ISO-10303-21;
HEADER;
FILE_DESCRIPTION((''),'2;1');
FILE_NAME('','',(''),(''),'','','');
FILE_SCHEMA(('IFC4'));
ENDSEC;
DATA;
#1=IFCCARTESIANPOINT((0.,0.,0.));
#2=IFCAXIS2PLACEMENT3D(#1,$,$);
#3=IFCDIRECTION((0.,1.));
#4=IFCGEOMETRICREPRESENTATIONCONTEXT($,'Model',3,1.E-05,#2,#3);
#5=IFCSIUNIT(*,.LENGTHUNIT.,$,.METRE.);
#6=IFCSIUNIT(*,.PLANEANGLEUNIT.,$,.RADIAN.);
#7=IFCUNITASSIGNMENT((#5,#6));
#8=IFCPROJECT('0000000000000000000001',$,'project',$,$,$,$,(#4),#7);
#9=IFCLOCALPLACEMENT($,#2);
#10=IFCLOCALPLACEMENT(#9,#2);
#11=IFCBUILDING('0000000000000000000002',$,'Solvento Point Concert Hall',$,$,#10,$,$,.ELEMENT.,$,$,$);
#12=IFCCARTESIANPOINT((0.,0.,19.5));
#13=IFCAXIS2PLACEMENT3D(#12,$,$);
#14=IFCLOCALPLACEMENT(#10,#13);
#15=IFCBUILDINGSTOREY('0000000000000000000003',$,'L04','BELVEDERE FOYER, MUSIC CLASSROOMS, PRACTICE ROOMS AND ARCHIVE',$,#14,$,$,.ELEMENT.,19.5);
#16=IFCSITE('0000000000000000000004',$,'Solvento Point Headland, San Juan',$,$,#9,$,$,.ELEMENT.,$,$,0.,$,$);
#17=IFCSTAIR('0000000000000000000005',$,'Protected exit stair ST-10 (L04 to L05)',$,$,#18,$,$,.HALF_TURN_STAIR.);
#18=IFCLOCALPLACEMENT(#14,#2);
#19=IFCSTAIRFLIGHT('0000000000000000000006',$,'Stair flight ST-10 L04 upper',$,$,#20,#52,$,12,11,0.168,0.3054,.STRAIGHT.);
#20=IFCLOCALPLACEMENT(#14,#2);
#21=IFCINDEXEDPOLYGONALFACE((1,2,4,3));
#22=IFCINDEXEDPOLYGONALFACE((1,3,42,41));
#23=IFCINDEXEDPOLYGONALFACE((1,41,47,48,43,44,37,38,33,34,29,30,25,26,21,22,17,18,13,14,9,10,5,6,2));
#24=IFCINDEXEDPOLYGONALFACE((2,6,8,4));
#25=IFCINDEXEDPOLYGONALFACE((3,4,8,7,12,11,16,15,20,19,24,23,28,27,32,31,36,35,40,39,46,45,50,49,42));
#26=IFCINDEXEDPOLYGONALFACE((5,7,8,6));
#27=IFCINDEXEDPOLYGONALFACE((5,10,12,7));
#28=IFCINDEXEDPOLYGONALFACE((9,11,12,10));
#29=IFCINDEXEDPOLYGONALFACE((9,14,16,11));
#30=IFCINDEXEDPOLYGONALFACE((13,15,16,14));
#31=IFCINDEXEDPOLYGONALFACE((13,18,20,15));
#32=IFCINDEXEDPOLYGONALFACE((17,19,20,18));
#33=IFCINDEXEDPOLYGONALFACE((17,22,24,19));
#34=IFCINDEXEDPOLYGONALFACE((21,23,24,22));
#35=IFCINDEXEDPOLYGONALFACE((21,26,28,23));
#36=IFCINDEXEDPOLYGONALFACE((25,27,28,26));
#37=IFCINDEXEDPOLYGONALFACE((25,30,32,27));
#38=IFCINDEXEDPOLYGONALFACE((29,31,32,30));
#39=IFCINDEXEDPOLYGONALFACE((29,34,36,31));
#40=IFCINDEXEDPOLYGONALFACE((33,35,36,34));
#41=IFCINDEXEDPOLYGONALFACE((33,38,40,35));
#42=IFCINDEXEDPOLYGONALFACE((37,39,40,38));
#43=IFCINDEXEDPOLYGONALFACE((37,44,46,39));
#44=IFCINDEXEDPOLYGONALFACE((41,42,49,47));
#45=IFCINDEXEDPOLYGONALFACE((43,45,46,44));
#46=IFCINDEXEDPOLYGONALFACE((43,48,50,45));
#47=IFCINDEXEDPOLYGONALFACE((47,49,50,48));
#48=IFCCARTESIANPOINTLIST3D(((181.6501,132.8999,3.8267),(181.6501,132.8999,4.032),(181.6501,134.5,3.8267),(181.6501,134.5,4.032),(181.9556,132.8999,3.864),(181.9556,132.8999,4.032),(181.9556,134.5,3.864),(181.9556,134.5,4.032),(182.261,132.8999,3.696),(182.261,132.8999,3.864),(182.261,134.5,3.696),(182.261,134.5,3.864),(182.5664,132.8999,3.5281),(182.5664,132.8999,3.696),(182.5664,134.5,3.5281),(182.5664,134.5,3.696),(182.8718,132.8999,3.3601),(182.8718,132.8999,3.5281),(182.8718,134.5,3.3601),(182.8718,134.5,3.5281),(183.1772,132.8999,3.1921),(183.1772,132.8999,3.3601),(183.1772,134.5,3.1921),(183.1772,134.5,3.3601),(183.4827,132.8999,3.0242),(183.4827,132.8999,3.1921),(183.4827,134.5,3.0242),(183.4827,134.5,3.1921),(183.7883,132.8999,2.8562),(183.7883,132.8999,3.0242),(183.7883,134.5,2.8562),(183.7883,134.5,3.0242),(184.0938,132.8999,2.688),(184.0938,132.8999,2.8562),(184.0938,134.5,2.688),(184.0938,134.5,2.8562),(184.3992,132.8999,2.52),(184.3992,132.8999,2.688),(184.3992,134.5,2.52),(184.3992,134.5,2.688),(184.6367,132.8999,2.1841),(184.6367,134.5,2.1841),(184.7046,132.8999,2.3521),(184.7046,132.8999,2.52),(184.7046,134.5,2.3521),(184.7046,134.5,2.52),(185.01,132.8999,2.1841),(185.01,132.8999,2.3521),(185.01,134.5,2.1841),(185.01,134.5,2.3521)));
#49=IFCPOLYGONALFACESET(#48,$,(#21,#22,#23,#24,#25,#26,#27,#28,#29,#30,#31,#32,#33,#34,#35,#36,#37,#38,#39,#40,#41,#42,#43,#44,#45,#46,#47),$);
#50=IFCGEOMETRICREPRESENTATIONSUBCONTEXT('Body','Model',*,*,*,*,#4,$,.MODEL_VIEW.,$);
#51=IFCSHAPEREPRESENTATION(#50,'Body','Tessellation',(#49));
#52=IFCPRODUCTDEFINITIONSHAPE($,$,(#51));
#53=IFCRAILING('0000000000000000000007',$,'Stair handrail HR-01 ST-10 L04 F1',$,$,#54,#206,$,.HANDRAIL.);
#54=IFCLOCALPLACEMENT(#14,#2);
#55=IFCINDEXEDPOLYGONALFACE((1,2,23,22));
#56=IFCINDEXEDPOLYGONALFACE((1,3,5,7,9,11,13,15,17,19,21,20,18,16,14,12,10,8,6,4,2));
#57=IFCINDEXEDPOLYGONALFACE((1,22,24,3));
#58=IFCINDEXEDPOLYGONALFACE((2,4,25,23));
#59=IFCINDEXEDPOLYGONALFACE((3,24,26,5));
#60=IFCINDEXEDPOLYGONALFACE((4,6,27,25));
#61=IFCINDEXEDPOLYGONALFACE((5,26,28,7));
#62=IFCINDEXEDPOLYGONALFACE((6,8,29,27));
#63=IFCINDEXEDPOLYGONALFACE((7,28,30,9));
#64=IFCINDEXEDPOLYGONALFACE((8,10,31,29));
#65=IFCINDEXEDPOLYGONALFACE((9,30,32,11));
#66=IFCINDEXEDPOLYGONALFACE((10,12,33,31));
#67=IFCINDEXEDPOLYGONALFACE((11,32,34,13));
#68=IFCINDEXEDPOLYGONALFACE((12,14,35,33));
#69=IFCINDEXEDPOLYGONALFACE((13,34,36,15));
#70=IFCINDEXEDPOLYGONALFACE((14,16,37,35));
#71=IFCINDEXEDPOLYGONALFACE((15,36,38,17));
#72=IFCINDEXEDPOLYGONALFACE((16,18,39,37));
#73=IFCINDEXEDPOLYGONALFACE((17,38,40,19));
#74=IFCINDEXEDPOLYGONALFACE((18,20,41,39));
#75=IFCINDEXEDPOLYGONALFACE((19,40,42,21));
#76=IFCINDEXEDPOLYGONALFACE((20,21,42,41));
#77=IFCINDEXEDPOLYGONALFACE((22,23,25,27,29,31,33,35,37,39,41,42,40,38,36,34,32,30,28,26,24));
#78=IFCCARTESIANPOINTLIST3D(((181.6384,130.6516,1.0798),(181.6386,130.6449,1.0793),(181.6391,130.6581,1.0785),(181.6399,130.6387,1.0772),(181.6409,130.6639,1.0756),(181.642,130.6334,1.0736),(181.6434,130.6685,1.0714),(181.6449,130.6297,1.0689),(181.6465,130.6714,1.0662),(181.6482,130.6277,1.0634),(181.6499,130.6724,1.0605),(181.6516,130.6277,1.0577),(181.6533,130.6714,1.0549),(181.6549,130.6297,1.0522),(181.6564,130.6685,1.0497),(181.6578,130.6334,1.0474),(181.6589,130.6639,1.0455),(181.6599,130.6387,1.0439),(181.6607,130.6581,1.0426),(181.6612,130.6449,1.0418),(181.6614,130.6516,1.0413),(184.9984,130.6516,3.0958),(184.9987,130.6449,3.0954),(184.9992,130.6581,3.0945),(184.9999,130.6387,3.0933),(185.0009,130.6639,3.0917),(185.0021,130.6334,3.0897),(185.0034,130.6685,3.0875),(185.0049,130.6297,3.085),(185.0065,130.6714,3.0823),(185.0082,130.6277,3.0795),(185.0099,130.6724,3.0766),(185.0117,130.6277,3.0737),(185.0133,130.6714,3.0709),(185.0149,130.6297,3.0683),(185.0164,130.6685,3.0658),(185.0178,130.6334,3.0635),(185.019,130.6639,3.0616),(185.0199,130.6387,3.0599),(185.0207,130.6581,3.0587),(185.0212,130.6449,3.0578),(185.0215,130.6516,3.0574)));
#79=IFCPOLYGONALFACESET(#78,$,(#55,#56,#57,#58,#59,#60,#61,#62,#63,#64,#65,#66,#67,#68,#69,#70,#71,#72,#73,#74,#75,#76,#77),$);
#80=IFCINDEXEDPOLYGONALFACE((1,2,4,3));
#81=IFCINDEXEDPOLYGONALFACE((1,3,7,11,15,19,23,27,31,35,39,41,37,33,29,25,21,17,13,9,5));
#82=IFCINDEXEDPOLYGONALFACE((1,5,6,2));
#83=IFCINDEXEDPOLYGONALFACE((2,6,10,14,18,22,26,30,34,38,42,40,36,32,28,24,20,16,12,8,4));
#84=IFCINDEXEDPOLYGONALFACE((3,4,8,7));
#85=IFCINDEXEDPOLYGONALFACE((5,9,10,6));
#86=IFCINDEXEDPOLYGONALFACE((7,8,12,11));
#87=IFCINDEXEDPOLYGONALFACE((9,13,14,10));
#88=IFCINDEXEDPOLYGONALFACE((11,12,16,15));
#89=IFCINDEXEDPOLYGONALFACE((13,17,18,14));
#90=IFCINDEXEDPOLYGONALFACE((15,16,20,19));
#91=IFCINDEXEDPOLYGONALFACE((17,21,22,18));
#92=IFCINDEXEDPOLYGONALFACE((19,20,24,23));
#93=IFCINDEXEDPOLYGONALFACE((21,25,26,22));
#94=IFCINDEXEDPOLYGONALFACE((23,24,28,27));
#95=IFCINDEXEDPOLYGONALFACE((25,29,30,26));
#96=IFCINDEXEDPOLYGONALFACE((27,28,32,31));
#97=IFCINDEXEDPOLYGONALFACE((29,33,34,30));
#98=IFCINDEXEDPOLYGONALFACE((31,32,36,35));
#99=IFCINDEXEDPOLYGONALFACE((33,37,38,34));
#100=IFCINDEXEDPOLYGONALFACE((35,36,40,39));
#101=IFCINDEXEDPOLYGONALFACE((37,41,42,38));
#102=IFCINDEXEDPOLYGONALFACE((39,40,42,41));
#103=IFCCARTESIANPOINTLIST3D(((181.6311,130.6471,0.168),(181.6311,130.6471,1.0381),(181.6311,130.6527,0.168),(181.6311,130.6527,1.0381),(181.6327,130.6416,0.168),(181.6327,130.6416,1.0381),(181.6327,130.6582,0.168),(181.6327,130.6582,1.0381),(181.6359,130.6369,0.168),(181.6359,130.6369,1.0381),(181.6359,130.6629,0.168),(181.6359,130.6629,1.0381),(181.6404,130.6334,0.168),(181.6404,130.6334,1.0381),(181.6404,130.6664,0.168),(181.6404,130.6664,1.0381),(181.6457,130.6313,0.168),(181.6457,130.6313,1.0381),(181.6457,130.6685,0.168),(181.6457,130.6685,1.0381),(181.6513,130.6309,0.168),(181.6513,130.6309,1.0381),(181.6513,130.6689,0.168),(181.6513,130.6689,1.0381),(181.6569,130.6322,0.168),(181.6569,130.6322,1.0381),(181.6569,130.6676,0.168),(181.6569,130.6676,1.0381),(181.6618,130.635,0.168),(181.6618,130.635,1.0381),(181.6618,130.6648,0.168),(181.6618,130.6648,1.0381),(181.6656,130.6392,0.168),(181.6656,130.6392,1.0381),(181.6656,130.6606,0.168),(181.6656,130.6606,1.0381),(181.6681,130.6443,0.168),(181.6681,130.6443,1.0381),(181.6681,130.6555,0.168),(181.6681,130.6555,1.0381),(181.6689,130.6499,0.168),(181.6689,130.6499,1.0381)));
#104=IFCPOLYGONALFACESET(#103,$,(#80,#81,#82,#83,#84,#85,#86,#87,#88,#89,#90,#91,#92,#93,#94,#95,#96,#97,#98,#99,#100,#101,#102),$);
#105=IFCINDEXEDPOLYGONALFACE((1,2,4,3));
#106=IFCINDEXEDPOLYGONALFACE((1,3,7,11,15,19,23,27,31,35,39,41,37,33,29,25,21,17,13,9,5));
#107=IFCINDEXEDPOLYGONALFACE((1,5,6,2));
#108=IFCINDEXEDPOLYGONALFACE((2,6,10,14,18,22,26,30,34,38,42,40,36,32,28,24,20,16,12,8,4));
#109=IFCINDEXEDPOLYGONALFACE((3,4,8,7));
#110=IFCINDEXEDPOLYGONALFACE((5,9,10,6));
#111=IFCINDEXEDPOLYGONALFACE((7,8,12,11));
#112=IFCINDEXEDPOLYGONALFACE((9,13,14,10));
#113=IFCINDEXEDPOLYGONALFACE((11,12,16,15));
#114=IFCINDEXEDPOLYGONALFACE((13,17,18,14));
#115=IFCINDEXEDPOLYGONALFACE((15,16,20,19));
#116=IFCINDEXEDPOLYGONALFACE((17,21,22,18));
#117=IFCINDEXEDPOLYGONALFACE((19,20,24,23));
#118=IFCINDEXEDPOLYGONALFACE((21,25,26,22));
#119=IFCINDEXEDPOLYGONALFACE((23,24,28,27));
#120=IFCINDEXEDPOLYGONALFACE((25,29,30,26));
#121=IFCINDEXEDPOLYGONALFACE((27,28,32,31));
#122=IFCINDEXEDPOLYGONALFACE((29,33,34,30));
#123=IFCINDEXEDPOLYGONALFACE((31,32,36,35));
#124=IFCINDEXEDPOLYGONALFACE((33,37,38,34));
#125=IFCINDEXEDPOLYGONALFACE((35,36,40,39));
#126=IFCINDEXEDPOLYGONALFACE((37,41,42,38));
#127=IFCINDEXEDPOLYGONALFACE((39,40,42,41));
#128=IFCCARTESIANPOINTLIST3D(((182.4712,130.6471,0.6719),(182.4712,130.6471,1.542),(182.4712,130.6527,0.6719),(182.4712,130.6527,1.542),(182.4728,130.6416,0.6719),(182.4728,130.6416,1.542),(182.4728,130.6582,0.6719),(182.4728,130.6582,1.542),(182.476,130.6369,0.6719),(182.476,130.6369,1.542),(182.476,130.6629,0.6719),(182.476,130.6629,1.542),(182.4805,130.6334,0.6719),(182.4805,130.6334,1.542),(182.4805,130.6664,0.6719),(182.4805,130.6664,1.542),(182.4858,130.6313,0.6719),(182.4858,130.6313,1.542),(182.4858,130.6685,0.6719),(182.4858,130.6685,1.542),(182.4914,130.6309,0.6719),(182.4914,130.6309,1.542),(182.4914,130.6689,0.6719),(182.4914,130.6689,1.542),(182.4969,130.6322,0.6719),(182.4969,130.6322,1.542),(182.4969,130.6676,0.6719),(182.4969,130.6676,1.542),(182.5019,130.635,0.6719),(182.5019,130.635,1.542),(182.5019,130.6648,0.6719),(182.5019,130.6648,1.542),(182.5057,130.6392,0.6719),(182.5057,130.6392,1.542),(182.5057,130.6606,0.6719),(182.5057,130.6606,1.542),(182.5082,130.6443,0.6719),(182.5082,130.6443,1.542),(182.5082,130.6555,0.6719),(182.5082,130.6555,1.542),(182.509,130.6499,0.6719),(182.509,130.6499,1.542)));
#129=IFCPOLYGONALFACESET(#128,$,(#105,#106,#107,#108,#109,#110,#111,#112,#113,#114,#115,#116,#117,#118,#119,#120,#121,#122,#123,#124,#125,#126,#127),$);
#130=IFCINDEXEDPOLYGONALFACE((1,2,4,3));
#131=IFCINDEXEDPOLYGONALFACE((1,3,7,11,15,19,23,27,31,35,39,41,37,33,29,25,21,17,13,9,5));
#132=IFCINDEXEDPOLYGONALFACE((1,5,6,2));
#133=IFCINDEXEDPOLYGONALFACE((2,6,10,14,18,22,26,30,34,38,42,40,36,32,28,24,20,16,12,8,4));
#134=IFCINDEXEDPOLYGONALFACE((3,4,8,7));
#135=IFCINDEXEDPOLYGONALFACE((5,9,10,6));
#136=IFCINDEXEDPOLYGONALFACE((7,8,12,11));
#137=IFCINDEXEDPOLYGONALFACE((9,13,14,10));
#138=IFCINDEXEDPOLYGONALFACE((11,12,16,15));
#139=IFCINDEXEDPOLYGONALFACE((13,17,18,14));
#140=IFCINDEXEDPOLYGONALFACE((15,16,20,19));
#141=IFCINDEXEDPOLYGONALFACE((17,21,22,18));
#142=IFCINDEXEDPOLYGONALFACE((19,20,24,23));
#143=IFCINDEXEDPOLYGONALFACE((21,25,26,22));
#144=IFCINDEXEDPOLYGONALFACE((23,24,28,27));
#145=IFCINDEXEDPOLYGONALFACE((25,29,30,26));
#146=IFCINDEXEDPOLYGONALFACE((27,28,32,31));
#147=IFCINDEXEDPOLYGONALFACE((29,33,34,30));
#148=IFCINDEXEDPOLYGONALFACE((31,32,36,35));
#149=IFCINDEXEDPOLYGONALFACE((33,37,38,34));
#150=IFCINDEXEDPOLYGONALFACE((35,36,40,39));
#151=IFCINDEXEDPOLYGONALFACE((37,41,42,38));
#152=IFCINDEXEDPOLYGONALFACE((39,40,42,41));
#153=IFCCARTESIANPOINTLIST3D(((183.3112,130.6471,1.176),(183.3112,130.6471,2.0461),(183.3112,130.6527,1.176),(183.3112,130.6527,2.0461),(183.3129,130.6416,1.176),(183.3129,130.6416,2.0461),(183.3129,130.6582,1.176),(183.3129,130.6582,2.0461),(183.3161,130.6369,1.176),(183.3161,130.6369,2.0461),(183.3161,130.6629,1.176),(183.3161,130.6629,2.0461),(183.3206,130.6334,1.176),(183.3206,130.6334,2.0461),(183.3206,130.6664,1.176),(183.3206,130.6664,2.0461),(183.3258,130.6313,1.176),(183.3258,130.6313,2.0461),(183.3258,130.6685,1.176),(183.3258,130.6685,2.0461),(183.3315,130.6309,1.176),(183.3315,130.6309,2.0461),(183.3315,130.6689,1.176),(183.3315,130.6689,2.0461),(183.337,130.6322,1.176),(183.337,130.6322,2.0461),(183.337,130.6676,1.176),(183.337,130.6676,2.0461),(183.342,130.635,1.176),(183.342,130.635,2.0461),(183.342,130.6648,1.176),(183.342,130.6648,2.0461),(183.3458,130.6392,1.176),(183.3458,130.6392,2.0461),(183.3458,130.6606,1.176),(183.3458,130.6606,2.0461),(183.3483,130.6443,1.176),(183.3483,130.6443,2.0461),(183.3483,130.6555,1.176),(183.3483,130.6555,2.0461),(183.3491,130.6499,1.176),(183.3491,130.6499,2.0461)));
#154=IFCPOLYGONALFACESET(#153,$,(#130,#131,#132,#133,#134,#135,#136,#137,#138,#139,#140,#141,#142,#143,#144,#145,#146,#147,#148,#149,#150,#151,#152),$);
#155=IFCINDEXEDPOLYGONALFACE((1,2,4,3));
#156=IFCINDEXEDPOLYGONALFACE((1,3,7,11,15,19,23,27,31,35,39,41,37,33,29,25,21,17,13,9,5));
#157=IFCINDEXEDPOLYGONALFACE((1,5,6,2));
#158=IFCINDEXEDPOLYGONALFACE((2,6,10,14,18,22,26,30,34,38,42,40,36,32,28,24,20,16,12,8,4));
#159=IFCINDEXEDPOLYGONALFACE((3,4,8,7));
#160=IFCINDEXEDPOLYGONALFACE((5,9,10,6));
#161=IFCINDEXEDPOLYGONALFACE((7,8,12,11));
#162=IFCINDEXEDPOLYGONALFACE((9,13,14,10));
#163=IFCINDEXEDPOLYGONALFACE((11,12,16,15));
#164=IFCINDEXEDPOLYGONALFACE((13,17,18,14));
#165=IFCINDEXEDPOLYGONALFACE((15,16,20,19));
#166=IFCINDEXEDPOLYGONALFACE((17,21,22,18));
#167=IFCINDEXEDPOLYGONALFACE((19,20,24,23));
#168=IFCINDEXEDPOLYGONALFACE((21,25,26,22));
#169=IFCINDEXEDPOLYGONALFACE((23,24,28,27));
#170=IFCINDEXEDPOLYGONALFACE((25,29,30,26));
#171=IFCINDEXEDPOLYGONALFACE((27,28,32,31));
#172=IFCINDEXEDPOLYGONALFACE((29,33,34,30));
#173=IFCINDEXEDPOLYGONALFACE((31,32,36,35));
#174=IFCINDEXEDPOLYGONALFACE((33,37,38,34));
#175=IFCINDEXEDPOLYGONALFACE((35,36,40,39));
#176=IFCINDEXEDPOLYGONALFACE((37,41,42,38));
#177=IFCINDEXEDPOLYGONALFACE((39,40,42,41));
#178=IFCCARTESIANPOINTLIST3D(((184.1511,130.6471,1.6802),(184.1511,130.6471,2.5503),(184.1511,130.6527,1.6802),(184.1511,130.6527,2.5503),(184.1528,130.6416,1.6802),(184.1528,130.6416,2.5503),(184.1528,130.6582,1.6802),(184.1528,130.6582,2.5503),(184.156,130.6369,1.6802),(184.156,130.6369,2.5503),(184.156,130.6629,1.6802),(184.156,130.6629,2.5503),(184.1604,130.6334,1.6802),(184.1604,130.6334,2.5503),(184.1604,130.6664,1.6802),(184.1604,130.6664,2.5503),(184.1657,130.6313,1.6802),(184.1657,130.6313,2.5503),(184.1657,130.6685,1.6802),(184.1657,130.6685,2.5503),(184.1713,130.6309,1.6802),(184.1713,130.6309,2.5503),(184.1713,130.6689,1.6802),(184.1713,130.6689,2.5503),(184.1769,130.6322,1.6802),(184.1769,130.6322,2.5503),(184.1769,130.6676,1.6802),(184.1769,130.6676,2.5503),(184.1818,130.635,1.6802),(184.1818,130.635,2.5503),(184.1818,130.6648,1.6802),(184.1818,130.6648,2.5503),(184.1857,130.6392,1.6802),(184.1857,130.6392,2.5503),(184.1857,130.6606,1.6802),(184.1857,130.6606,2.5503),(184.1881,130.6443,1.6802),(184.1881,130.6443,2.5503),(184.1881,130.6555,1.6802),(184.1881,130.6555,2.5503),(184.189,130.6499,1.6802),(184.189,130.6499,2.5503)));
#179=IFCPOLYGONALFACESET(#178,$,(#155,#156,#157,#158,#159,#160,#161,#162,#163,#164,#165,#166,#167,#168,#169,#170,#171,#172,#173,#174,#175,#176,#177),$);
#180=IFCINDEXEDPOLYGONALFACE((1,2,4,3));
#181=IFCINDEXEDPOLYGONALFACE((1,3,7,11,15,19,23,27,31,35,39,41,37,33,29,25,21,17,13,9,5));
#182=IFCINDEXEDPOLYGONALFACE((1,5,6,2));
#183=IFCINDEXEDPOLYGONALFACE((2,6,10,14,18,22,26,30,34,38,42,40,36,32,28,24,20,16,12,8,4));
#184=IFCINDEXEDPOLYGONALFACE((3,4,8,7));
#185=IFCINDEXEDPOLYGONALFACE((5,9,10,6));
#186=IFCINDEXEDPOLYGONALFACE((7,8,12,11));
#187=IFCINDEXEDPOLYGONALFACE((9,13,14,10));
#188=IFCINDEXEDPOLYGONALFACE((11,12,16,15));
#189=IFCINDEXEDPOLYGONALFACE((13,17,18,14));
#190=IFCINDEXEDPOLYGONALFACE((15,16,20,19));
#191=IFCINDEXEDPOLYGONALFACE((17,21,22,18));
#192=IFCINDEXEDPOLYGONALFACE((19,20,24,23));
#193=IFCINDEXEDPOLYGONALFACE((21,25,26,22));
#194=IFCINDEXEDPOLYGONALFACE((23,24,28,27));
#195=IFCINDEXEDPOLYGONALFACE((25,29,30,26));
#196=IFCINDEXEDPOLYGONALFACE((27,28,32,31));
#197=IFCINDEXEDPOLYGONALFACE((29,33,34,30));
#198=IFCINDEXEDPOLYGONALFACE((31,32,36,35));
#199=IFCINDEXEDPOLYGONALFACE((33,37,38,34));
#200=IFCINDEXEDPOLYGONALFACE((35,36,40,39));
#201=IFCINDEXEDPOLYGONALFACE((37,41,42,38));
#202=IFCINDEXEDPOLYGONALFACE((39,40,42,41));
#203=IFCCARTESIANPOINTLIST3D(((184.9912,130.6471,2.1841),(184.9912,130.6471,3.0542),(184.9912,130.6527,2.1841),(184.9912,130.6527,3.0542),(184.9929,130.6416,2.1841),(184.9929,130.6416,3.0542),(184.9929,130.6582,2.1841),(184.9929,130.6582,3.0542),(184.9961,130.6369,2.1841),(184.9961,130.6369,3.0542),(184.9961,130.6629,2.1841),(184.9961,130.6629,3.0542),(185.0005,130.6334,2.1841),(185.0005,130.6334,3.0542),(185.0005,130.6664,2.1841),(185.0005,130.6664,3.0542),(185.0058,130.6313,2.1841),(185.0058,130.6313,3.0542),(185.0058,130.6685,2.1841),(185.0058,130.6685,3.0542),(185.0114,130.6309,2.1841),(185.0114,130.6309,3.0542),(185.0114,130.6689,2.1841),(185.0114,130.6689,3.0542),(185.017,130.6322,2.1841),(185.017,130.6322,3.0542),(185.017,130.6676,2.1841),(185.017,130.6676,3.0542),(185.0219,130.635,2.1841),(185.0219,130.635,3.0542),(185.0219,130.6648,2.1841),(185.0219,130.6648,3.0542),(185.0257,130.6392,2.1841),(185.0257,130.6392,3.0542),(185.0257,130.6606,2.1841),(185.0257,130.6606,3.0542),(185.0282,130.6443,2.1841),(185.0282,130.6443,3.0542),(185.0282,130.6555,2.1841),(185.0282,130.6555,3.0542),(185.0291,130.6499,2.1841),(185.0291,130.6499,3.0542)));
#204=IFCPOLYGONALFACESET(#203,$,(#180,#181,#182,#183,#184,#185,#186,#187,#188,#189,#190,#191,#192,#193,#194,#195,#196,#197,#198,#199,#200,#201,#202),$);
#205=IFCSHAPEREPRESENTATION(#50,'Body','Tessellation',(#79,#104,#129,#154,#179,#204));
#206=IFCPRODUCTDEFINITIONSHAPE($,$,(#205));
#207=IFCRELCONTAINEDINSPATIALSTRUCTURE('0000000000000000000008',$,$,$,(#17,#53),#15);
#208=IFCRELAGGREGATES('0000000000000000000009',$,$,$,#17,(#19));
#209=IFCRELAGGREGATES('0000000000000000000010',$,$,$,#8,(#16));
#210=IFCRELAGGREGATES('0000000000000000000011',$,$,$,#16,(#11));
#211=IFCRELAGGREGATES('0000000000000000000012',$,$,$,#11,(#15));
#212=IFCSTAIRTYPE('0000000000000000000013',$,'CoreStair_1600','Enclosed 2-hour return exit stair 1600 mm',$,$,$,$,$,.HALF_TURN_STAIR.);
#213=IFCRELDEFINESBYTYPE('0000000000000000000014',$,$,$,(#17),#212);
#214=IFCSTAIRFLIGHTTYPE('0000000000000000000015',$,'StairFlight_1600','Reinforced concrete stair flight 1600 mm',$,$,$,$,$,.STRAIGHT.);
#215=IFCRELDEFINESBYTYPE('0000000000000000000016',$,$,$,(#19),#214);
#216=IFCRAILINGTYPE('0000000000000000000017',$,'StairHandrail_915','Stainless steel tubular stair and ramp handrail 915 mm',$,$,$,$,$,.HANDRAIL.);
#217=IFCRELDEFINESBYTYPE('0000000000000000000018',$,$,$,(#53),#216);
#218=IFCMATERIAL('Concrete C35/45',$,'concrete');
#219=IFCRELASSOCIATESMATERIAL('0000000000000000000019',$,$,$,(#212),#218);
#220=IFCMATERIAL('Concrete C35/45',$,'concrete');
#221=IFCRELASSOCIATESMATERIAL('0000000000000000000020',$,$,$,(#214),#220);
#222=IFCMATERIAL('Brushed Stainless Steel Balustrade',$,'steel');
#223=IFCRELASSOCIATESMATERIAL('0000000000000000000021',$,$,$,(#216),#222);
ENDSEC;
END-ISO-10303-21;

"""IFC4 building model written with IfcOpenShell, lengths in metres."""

from ifc_helpers import new_model, si_unit, direction, frame, origin, origin_2d, place, context, subcontext, project, spatial, polyline, circle, outline, extrude, material, type_object, element, aggregate, save


model = new_model("IFC4")

# Units and contexts
model_context = context("Model", 3, precision=1e-05, world=origin(), true_north=direction((0.0, 1.0)))
body_context = subcontext(model_context, "Body", "Model", "MODEL_VIEW")
ifc_project = project(units=[si_unit("LENGTHUNIT", "METRE"), si_unit("PLANEANGLEUNIT", "RADIAN")], contexts=[model_context])

# Site, building, storey
site_placement = place(None, origin())
site = spatial("IfcSite", under=ifc_project, at=site_placement, Name="Solvento Point Headland, San Juan", CompositionType="ELEMENT", RefElevation=0.0)
building_placement = place(site_placement, origin())
building = spatial("IfcBuilding", under=site, at=building_placement, Name="Solvento Point Concert Hall", CompositionType="ELEMENT")
storey_placement = place(building_placement, frame((0.0, 0.0, 19.5)))
storey = spatial("IfcBuildingStorey", under=building, at=storey_placement, Name="L04", Description="BELVEDERE FOYER, MUSIC CLASSROOMS, PRACTICE ROOMS AND ARCHIVE", CompositionType="ELEMENT", Elevation=19.5)

# Stair, stair flight
ifc_material_1 = material(Name="Concrete C35/45", Category="concrete")
stair_type = type_object("IfcStairType", Name="CoreStair_1600", Description="Enclosed 2-hour return exit stair 1600 mm", PredefinedType="HALF_TURN_STAIR", material=ifc_material_1)
stair_placement = place(storey_placement, origin())
stair = element("IfcStair", 1, at=stair_placement, inside=storey, type_object=stair_type, Name="Protected exit stair ST-10 (L04 to L05)", PredefinedType="HALF_TURN_STAIR")
ifc_material_2 = material(Name="Concrete C35/45", Category="concrete")
stair_flight_type = type_object("IfcStairFlightType", Name="StairFlight_1600", Description="Reinforced concrete stair flight 1600 mm", PredefinedType="STRAIGHT", material=ifc_material_2)
stair_flight_1_placement = place(storey_placement, frame((185.01, 133.7, 2.1841), z_axis=(0.0, 0.0, 1.0), x_axis=(-1.0, 0.0, 0.0)))
stair_flight_1 = element("IfcStairFlight", 2, at=stair_flight_1_placement, type_object=stair_flight_type, Name="Stair flight ST-10 L04 upper", NumberOfRisers=12, NumberOfTreads=11, PredefinedType="STRAIGHT", RiserHeight=0.168, TreadLength=0.3054, context=body_context, shape_type="SweptSolid", body=[
    extrude(outline(polyline([(0.0, 0.0), (0.0, 0.168), (0.3054, 0.168), (0.3054, 0.3359), (0.6108, 0.3359), (0.6108, 0.5039), (0.9163, 0.5039), (0.9163, 0.6721), (1.2217, 0.6721), (1.2217, 0.8401), (1.5273, 0.8401), (1.5273, 1.0081), (1.8328, 1.0081), (1.8328, 1.176), (2.1382, 1.176), (2.1382, 1.344), (2.4436, 1.344), (2.4436, 1.512), (2.749, 1.512), (2.749, 1.6799), (3.0544, 1.6799), (3.0544, 1.8479), (3.3599, 1.8479), (3.3599, 2.0161), (3.3599, 1.6426), (0.3733, 0.0), (0.0, 0.0)])), frame((0.0, 0.8, 0.0), z_axis=(0.0, -1.0, 0.0), x_axis=(1.0, 0.0, 0.0)), (0.0, 0.0, 1.0), 1.6001),
])
aggregate(stair, [stair_flight_1])

# Railing
ifc_material_3 = material(Name="Brushed Stainless Steel Balustrade", Category="steel")
railing_type_1 = type_object("IfcRailingType", Name="StairHandrail_915", Description="Stainless steel tubular stair and ramp handrail 915 mm", PredefinedType="HANDRAIL", material=ifc_material_3)
railing_1_placement = place(storey_placement, frame((181.6499, 130.6499, 0.168)))
element("IfcRailing", 3, at=railing_1_placement, inside=storey, type_object=railing_type_1, Name="Stair handrail HR-01 ST-10 L04 F1", PredefinedType="HANDRAIL", context=body_context, shape_type="SweptSolid", body=[
    extrude(circle(Radius=0.0225, at=origin_2d()), frame((0.0, 0.0, 0.8926), z_axis=(0.857487, 0.0, 0.514505), x_axis=(0.0, 1.0, 0.0)), (0.0, 0.0, 1.0), 3.9185),
    extrude(circle(Radius=0.019, at=origin_2d()), origin(), (0.0, 0.0, 1.0), 0.8701),
    extrude(circle(Radius=0.019, at=origin_2d()), frame((0.8401, 0.0, 0.5039)), (0.0, 0.0, 1.0), 0.8701),
    extrude(circle(Radius=0.019, at=origin_2d()), frame((1.6802, 0.0, 1.0081)), (0.0, 0.0, 1.0), 0.8701),
    extrude(circle(Radius=0.019, at=origin_2d()), frame((2.52, 0.0, 1.5122)), (0.0, 0.0, 1.0), 0.8701),
    extrude(circle(Radius=0.019, at=origin_2d()), frame((3.3601, 0.0, 2.0161)), (0.0, 0.0, 1.0), 0.8701),
])

save(model, "model.ifc")
